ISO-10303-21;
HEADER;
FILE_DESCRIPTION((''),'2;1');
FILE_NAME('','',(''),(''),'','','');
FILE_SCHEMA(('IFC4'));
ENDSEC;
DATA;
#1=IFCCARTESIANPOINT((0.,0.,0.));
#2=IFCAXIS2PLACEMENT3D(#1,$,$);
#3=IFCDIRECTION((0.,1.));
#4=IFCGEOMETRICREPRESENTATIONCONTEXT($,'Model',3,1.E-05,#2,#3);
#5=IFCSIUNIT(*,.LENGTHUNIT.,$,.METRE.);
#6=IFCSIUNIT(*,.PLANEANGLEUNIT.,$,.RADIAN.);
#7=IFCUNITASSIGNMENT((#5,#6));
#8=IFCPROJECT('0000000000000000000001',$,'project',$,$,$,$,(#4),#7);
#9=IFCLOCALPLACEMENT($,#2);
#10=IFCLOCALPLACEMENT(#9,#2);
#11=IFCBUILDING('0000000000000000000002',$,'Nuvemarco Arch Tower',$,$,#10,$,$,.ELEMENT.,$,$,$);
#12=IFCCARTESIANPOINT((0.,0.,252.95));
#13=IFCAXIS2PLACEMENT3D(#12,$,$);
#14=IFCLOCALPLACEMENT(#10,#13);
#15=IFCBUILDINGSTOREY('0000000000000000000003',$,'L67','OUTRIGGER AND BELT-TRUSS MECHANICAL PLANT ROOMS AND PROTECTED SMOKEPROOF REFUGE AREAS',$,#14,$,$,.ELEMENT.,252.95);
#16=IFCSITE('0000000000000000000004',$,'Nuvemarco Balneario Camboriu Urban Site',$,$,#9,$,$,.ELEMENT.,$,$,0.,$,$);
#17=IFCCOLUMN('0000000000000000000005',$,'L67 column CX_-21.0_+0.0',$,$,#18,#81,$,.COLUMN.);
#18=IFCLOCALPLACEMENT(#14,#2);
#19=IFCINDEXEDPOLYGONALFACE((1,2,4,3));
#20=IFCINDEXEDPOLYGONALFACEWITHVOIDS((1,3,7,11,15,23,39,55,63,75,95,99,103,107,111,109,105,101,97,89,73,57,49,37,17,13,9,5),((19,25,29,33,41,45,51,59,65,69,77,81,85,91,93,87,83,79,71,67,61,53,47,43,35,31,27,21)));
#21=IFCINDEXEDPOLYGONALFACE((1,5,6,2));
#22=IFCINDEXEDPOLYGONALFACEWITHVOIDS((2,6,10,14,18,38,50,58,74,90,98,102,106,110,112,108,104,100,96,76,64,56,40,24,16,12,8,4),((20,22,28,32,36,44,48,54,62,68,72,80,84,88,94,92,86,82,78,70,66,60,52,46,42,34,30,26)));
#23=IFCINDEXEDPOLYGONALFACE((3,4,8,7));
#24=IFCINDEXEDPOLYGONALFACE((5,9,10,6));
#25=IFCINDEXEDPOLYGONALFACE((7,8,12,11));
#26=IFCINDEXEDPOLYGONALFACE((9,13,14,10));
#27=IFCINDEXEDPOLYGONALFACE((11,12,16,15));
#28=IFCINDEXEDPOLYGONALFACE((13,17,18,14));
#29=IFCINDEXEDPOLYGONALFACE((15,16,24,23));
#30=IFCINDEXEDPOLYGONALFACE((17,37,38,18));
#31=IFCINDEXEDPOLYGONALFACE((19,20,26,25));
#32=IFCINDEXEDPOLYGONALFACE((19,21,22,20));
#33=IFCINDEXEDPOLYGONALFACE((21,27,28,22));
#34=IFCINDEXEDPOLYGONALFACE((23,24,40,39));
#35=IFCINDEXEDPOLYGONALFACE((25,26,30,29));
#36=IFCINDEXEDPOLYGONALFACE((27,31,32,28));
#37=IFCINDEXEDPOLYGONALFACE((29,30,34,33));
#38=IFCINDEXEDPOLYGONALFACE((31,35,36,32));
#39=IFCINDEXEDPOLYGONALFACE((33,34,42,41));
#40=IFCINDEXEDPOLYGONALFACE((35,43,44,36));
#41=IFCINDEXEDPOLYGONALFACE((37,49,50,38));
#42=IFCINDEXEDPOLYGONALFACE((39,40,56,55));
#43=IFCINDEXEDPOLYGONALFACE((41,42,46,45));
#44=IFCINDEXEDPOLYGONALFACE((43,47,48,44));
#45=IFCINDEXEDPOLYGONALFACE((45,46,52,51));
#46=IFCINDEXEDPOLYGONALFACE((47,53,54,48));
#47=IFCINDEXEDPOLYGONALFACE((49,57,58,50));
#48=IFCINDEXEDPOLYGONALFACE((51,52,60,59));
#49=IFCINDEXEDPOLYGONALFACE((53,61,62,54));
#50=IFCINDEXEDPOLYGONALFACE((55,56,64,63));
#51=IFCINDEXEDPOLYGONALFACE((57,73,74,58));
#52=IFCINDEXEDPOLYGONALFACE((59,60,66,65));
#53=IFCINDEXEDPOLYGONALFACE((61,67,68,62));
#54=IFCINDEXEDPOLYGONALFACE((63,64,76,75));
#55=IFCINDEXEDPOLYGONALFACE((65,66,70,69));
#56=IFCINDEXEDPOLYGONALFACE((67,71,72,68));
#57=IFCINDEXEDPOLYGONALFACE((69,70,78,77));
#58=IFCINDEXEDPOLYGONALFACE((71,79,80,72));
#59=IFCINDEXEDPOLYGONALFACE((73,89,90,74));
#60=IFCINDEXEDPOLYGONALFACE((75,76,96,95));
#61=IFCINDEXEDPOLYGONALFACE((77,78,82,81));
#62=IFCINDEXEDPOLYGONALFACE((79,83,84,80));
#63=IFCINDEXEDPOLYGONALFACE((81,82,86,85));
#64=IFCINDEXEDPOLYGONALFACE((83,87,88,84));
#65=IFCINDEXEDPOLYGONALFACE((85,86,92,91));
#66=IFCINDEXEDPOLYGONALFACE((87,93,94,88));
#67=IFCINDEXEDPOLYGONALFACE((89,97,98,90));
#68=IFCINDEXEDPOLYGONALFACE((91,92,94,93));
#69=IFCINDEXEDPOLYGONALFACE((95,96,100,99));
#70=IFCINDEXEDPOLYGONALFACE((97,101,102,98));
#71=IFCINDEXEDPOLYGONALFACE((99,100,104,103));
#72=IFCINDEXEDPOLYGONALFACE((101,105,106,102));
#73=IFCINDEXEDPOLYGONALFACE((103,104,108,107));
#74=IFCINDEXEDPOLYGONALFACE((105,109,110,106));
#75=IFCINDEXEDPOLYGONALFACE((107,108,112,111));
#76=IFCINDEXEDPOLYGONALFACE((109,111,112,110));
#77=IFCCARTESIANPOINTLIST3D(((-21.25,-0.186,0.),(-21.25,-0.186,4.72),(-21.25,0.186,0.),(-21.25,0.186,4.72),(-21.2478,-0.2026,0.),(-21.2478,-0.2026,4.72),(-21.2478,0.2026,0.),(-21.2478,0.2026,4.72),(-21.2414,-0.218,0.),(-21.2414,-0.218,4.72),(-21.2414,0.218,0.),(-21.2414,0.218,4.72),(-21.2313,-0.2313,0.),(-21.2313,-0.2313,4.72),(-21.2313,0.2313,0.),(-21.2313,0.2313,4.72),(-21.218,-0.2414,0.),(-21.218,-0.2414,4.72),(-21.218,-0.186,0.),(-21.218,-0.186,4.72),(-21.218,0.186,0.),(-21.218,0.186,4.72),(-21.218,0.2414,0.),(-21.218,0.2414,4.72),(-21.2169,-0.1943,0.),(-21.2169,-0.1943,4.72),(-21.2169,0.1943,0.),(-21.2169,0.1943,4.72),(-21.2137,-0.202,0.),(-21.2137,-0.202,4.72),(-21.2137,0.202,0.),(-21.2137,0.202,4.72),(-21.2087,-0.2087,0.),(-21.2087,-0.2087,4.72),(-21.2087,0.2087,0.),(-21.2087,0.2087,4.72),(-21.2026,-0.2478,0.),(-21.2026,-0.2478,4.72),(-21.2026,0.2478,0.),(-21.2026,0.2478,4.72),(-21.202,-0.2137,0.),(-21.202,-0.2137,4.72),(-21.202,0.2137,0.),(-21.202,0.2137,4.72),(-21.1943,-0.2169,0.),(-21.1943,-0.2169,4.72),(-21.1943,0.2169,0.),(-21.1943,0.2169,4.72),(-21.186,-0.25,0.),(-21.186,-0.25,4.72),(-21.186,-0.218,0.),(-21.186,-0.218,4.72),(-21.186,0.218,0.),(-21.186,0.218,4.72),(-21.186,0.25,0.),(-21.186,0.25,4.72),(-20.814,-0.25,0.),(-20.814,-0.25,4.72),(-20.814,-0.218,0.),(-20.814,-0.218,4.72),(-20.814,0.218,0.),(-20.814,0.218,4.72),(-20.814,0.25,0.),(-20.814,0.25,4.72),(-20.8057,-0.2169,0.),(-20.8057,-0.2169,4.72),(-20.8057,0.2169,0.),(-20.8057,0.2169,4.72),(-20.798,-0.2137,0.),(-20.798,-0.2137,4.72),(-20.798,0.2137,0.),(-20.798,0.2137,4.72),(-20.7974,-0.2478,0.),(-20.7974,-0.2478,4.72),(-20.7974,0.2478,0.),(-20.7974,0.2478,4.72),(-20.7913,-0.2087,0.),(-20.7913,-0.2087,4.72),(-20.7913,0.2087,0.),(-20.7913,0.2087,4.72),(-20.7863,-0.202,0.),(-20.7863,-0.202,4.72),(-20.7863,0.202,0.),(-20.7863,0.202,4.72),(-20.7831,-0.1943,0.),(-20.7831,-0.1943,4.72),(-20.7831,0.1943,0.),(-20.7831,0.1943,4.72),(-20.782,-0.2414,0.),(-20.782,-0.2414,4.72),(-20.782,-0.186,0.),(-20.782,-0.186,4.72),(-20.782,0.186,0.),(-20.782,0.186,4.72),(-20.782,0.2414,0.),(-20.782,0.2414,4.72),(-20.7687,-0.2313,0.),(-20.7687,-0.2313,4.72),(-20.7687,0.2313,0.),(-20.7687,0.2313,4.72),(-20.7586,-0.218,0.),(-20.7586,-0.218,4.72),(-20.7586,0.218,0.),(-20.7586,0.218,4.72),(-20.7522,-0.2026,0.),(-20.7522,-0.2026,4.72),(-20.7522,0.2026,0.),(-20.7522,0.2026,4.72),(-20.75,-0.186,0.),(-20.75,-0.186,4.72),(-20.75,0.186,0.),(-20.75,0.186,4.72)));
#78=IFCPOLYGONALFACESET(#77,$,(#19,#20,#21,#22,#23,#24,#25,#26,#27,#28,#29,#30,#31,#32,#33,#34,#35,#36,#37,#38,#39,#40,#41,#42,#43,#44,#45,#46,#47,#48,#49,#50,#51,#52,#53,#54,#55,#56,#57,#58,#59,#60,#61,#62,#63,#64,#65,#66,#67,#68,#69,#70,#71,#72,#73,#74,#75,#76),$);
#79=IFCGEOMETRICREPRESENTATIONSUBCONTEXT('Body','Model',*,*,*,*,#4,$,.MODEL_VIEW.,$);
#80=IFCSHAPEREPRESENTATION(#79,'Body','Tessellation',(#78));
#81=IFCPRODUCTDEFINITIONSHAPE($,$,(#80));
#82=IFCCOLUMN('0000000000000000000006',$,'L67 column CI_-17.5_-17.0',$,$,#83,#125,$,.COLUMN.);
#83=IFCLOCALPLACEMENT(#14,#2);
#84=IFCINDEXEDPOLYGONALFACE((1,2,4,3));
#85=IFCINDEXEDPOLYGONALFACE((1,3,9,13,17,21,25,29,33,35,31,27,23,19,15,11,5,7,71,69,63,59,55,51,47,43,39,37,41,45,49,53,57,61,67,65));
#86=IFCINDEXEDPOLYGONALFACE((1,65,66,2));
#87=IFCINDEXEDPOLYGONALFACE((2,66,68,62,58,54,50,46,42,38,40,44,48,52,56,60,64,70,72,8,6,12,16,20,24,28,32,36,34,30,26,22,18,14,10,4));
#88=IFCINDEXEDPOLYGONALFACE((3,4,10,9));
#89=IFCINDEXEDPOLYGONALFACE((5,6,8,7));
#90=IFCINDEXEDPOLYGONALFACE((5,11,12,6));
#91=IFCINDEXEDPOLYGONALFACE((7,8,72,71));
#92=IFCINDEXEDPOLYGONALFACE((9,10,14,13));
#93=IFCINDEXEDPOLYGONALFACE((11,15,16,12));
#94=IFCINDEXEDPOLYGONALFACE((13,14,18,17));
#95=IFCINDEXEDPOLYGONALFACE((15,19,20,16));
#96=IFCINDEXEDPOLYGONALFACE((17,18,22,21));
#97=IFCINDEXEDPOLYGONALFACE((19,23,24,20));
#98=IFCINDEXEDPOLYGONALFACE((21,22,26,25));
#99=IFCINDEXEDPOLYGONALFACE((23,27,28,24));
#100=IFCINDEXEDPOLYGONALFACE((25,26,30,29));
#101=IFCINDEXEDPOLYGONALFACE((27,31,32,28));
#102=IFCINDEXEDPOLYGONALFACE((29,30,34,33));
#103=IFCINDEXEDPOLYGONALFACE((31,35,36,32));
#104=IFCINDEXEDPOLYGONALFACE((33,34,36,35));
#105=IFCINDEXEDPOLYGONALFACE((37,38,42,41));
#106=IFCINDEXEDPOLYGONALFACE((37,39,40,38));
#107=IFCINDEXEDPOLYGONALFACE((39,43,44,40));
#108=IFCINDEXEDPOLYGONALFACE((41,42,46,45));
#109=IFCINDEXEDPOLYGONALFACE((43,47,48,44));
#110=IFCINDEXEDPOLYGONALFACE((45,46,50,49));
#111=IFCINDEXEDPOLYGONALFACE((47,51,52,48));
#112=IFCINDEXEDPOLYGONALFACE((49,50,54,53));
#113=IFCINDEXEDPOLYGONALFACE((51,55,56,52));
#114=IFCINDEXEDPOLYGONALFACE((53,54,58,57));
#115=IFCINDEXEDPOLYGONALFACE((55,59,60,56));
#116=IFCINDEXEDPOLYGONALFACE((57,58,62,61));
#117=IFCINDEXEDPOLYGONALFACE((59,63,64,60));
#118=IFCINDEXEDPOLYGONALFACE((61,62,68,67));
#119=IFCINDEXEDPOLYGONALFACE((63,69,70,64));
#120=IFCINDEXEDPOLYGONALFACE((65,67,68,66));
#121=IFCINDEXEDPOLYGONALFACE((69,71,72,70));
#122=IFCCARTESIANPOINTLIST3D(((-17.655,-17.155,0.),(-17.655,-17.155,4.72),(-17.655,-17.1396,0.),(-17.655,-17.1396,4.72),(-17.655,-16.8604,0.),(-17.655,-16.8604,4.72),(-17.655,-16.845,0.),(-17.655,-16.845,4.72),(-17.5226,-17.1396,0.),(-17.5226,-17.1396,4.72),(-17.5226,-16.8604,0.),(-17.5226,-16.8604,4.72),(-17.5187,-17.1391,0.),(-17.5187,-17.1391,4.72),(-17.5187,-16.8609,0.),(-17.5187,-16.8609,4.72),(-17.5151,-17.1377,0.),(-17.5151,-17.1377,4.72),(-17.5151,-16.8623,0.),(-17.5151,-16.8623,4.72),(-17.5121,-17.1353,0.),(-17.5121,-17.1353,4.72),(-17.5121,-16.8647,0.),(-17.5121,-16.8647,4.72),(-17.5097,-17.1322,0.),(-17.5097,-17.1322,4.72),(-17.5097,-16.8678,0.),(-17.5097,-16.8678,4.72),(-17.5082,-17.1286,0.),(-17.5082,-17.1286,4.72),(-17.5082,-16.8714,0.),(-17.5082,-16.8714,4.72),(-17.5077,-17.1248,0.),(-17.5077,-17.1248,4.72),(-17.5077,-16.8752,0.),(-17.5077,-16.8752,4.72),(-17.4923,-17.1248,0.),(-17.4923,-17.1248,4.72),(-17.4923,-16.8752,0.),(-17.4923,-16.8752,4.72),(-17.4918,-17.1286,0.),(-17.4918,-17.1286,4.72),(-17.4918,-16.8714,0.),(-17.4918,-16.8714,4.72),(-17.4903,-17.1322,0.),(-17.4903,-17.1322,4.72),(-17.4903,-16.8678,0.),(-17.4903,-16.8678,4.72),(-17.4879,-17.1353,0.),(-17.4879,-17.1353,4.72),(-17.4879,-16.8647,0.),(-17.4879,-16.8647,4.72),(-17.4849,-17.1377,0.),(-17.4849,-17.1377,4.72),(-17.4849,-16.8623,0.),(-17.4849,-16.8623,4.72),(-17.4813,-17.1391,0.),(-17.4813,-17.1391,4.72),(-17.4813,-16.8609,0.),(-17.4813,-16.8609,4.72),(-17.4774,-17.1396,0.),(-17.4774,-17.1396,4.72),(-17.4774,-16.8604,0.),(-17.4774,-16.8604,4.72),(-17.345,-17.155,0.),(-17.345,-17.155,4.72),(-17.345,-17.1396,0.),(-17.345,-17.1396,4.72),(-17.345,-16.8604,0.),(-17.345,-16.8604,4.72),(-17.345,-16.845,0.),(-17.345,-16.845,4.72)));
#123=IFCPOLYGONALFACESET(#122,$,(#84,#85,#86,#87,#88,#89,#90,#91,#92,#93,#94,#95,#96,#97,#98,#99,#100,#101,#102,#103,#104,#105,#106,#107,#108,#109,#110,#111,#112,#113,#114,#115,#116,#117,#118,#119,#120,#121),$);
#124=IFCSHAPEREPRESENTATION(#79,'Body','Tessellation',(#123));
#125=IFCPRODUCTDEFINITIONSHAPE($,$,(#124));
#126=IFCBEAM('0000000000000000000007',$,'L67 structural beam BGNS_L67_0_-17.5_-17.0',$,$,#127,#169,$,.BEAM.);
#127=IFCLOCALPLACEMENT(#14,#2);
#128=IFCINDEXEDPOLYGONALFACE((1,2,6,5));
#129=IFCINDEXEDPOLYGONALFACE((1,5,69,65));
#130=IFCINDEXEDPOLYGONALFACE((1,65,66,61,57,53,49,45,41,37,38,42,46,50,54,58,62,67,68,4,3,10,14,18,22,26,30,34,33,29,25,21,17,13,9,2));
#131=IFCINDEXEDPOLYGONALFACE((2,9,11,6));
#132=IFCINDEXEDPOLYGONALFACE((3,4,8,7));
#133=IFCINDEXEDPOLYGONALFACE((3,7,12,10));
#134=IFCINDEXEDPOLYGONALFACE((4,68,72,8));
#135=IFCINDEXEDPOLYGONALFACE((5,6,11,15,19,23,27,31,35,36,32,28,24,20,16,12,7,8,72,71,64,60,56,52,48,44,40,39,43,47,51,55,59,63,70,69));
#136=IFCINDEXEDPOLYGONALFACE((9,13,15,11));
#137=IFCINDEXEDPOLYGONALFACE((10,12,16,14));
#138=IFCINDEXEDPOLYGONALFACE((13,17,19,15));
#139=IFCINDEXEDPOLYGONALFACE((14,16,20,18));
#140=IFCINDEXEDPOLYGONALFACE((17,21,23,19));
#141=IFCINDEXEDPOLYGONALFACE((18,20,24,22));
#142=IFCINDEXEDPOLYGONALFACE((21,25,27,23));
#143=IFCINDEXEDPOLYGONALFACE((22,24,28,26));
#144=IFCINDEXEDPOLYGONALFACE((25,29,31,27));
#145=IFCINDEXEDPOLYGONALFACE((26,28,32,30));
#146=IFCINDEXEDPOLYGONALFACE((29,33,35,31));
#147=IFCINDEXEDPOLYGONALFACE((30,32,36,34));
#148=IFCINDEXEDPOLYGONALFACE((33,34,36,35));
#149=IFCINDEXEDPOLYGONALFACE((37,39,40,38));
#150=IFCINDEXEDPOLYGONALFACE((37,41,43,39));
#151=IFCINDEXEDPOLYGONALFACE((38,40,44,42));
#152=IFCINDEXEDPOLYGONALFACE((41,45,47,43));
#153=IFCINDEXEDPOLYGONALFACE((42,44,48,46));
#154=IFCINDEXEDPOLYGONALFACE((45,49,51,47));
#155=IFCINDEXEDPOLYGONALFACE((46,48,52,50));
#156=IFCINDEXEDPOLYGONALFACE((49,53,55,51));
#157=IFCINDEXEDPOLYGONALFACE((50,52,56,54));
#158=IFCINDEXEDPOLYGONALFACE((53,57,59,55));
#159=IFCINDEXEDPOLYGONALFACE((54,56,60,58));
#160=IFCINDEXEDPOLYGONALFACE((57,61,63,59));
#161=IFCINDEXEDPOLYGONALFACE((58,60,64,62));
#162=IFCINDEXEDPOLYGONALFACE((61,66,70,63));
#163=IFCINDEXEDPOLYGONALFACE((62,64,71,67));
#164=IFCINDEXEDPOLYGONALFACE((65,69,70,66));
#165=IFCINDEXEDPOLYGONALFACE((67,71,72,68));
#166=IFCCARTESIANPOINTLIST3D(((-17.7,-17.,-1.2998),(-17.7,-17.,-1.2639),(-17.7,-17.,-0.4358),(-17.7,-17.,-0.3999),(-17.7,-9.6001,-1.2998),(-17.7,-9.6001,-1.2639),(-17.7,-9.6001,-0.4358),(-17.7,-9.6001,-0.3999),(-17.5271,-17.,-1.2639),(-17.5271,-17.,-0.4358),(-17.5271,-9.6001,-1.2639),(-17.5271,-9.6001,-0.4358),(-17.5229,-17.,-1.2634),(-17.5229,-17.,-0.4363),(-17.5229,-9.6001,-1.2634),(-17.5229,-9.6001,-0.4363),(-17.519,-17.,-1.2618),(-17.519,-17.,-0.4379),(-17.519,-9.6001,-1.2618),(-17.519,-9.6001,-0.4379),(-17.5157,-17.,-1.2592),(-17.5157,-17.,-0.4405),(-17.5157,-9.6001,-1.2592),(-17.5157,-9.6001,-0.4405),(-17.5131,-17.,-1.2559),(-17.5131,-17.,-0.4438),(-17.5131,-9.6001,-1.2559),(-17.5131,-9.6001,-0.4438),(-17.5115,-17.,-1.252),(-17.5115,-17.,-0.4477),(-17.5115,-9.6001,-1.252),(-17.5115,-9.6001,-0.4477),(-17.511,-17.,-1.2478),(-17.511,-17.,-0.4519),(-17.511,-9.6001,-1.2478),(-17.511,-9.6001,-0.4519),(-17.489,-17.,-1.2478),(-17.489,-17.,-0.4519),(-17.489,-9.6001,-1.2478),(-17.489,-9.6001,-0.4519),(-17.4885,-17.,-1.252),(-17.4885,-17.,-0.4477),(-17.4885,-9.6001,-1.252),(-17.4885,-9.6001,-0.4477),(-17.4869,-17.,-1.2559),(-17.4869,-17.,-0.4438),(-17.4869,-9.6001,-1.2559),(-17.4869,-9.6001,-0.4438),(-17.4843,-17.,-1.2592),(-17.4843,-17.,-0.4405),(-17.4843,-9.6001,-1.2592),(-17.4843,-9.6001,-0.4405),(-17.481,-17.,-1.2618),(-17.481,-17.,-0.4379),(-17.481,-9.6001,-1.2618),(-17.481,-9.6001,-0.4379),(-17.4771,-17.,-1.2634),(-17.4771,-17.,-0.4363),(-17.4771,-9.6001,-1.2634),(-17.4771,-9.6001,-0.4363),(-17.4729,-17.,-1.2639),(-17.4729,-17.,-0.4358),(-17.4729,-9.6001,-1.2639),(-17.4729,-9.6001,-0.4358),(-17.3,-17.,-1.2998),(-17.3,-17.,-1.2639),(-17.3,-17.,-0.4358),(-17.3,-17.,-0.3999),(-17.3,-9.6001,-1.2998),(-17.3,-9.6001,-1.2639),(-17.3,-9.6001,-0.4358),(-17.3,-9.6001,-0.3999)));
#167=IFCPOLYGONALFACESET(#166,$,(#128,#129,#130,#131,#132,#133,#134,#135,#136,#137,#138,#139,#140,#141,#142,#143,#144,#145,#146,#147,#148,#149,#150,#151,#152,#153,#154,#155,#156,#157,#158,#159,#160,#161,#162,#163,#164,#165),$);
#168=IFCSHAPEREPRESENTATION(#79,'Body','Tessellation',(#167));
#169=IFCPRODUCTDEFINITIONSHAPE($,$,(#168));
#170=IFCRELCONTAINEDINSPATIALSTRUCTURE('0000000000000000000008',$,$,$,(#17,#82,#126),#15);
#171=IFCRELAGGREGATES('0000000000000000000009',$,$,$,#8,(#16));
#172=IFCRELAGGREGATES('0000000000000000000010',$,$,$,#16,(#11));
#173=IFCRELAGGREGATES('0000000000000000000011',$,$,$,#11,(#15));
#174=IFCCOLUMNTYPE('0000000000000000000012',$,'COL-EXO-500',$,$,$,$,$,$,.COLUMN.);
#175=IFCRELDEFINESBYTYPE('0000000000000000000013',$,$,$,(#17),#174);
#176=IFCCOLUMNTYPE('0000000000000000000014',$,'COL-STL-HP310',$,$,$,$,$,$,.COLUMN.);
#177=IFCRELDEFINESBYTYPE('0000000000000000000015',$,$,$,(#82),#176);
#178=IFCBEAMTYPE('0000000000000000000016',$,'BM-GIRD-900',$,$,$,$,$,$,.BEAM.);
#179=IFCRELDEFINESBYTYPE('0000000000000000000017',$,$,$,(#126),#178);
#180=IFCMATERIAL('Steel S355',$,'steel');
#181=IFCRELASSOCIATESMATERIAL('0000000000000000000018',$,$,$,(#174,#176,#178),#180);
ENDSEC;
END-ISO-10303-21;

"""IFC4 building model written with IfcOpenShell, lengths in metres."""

from ifc_helpers import new_model, si_unit, direction, frame, origin, origin_2d, place, context, subcontext, project, spatial, hollow_rectangle, i_section, extrude, material, material_profile, profile_set, type_object, element, save


model = new_model("IFC4")

# Units and contexts
model_context = context("Model", 3, precision=1e-05, world=origin(), true_north=direction((0.0, 1.0)))
body_context = subcontext(model_context, "Body", "Model", "MODEL_VIEW")
ifc_project = project(units=[si_unit("LENGTHUNIT", "METRE"), si_unit("PLANEANGLEUNIT", "RADIAN")], contexts=[model_context])

# Site, building, storey
site_placement = place(None, origin())
site = spatial("IfcSite", under=ifc_project, at=site_placement, Name="Nuvemarco Balneario Camboriu Urban Site", CompositionType="ELEMENT", RefElevation=0.0)
building_placement = place(site_placement, origin())
building = spatial("IfcBuilding", under=site, at=building_placement, Name="Nuvemarco Arch Tower", CompositionType="ELEMENT")
storey_placement = place(building_placement, frame((0.0, 0.0, 252.95)))
storey = spatial("IfcBuildingStorey", under=building, at=storey_placement, Name="L67", Description="OUTRIGGER AND BELT-TRUSS MECHANICAL PLANT ROOMS AND PROTECTED SMOKEPROOF REFUGE AREAS", CompositionType="ELEMENT", Elevation=252.95)

# Columns
ifc_material_1 = material(Name="Steel S355", Category="steel")
ifc_material_profile_1 = material_profile(ifc_material_1, hollow_rectangle(XDim=0.5, YDim=0.5, WallThickness=0.032, InnerFilletRadius=0.032, OuterFilletRadius=0.064, at=origin_2d()), Name="SHS500x500x32")
ifc_profile_set_1 = profile_set([ifc_material_profile_1], Name="Steel S355")
column_type_1 = type_object("IfcColumnType", Name="COL-EXO-500", PredefinedType="COLUMN", material=ifc_profile_set_1)
for number, where, z_axis, x_axis, name in (
    (1, (-21.0, 0.0, 0.0), (0.0, 0.0, 1.0), (1.0, 0.0, 0.0), "L67 column CX_-21.0_+0.0"),
):
    element("IfcColumn", number, at=place(storey_placement, frame(where, z_axis=z_axis, x_axis=x_axis)), inside=storey, type_object=column_type_1, Name=name, PredefinedType="COLUMN", context=body_context, shape_type="SweptSolid", body=[
        extrude(hollow_rectangle(XDim=0.5, YDim=0.5, WallThickness=0.032, InnerFilletRadius=0.032, OuterFilletRadius=0.064, at=origin_2d()), origin(), (0.0, 0.0, 1.0), 4.72),
    ])
ifc_material_profile_2 = material_profile(ifc_material_1, i_section(OverallWidth=0.3101, OverallDepth=0.3101, WebThickness=0.0154, FlangeThickness=0.0154, FilletRadius=0.0149, at=origin_2d()), Name="HP310x110")
ifc_profile_set_2 = profile_set([ifc_material_profile_2], Name="Steel S355")
column_type_2 = type_object("IfcColumnType", Name="COL-STL-HP310", PredefinedType="COLUMN", material=ifc_profile_set_2)
column_1_placement = place(storey_placement, frame((-17.5, -17.0, 0.0), z_axis=(0.0, 0.0, 1.0), x_axis=(1.0, 0.0, 0.0)))
element("IfcColumn", 2, at=column_1_placement, inside=storey, type_object=column_type_2, Name="L67 column CI_-17.5_-17.0", PredefinedType="COLUMN", context=body_context, shape_type="SweptSolid", body=[
    extrude(i_section(OverallWidth=0.3101, OverallDepth=0.3101, WebThickness=0.0154, FlangeThickness=0.0154, FilletRadius=0.0149, at=origin_2d()), origin(), (0.0, 0.0, 1.0), 4.72),
])

# Beam
ifc_material_profile_3 = material_profile(ifc_material_1, i_section(OverallWidth=0.3999, OverallDepth=0.8999, WebThickness=0.022, FlangeThickness=0.0359, FilletRadius=0.0161, at=origin_2d()), Name="PG900x400")
ifc_profile_set_3 = profile_set([ifc_material_profile_3], Name="Steel S355")
beam_type_1 = type_object("IfcBeamType", Name="BM-GIRD-900", PredefinedType="BEAM", material=ifc_profile_set_3)
beam_1_placement = place(storey_placement, frame((-17.5, -17.0, -0.8499), z_axis=(0.0, 1.0, 0.0), x_axis=(-1.0, 0.0, 0.0)))
element("IfcBeam", 3, at=beam_1_placement, inside=storey, type_object=beam_type_1, Name="L67 structural beam BGNS_L67_0_-17.5_-17.0", PredefinedType="BEAM", context=body_context, shape_type="SweptSolid", body=[
    extrude(i_section(OverallWidth=0.3999, OverallDepth=0.8999, WebThickness=0.022, FlangeThickness=0.0359, FilletRadius=0.0161, at=origin_2d()), origin(), (0.0, 0.0, 1.0), 7.3999),
])

save(model, "model.ifc")
